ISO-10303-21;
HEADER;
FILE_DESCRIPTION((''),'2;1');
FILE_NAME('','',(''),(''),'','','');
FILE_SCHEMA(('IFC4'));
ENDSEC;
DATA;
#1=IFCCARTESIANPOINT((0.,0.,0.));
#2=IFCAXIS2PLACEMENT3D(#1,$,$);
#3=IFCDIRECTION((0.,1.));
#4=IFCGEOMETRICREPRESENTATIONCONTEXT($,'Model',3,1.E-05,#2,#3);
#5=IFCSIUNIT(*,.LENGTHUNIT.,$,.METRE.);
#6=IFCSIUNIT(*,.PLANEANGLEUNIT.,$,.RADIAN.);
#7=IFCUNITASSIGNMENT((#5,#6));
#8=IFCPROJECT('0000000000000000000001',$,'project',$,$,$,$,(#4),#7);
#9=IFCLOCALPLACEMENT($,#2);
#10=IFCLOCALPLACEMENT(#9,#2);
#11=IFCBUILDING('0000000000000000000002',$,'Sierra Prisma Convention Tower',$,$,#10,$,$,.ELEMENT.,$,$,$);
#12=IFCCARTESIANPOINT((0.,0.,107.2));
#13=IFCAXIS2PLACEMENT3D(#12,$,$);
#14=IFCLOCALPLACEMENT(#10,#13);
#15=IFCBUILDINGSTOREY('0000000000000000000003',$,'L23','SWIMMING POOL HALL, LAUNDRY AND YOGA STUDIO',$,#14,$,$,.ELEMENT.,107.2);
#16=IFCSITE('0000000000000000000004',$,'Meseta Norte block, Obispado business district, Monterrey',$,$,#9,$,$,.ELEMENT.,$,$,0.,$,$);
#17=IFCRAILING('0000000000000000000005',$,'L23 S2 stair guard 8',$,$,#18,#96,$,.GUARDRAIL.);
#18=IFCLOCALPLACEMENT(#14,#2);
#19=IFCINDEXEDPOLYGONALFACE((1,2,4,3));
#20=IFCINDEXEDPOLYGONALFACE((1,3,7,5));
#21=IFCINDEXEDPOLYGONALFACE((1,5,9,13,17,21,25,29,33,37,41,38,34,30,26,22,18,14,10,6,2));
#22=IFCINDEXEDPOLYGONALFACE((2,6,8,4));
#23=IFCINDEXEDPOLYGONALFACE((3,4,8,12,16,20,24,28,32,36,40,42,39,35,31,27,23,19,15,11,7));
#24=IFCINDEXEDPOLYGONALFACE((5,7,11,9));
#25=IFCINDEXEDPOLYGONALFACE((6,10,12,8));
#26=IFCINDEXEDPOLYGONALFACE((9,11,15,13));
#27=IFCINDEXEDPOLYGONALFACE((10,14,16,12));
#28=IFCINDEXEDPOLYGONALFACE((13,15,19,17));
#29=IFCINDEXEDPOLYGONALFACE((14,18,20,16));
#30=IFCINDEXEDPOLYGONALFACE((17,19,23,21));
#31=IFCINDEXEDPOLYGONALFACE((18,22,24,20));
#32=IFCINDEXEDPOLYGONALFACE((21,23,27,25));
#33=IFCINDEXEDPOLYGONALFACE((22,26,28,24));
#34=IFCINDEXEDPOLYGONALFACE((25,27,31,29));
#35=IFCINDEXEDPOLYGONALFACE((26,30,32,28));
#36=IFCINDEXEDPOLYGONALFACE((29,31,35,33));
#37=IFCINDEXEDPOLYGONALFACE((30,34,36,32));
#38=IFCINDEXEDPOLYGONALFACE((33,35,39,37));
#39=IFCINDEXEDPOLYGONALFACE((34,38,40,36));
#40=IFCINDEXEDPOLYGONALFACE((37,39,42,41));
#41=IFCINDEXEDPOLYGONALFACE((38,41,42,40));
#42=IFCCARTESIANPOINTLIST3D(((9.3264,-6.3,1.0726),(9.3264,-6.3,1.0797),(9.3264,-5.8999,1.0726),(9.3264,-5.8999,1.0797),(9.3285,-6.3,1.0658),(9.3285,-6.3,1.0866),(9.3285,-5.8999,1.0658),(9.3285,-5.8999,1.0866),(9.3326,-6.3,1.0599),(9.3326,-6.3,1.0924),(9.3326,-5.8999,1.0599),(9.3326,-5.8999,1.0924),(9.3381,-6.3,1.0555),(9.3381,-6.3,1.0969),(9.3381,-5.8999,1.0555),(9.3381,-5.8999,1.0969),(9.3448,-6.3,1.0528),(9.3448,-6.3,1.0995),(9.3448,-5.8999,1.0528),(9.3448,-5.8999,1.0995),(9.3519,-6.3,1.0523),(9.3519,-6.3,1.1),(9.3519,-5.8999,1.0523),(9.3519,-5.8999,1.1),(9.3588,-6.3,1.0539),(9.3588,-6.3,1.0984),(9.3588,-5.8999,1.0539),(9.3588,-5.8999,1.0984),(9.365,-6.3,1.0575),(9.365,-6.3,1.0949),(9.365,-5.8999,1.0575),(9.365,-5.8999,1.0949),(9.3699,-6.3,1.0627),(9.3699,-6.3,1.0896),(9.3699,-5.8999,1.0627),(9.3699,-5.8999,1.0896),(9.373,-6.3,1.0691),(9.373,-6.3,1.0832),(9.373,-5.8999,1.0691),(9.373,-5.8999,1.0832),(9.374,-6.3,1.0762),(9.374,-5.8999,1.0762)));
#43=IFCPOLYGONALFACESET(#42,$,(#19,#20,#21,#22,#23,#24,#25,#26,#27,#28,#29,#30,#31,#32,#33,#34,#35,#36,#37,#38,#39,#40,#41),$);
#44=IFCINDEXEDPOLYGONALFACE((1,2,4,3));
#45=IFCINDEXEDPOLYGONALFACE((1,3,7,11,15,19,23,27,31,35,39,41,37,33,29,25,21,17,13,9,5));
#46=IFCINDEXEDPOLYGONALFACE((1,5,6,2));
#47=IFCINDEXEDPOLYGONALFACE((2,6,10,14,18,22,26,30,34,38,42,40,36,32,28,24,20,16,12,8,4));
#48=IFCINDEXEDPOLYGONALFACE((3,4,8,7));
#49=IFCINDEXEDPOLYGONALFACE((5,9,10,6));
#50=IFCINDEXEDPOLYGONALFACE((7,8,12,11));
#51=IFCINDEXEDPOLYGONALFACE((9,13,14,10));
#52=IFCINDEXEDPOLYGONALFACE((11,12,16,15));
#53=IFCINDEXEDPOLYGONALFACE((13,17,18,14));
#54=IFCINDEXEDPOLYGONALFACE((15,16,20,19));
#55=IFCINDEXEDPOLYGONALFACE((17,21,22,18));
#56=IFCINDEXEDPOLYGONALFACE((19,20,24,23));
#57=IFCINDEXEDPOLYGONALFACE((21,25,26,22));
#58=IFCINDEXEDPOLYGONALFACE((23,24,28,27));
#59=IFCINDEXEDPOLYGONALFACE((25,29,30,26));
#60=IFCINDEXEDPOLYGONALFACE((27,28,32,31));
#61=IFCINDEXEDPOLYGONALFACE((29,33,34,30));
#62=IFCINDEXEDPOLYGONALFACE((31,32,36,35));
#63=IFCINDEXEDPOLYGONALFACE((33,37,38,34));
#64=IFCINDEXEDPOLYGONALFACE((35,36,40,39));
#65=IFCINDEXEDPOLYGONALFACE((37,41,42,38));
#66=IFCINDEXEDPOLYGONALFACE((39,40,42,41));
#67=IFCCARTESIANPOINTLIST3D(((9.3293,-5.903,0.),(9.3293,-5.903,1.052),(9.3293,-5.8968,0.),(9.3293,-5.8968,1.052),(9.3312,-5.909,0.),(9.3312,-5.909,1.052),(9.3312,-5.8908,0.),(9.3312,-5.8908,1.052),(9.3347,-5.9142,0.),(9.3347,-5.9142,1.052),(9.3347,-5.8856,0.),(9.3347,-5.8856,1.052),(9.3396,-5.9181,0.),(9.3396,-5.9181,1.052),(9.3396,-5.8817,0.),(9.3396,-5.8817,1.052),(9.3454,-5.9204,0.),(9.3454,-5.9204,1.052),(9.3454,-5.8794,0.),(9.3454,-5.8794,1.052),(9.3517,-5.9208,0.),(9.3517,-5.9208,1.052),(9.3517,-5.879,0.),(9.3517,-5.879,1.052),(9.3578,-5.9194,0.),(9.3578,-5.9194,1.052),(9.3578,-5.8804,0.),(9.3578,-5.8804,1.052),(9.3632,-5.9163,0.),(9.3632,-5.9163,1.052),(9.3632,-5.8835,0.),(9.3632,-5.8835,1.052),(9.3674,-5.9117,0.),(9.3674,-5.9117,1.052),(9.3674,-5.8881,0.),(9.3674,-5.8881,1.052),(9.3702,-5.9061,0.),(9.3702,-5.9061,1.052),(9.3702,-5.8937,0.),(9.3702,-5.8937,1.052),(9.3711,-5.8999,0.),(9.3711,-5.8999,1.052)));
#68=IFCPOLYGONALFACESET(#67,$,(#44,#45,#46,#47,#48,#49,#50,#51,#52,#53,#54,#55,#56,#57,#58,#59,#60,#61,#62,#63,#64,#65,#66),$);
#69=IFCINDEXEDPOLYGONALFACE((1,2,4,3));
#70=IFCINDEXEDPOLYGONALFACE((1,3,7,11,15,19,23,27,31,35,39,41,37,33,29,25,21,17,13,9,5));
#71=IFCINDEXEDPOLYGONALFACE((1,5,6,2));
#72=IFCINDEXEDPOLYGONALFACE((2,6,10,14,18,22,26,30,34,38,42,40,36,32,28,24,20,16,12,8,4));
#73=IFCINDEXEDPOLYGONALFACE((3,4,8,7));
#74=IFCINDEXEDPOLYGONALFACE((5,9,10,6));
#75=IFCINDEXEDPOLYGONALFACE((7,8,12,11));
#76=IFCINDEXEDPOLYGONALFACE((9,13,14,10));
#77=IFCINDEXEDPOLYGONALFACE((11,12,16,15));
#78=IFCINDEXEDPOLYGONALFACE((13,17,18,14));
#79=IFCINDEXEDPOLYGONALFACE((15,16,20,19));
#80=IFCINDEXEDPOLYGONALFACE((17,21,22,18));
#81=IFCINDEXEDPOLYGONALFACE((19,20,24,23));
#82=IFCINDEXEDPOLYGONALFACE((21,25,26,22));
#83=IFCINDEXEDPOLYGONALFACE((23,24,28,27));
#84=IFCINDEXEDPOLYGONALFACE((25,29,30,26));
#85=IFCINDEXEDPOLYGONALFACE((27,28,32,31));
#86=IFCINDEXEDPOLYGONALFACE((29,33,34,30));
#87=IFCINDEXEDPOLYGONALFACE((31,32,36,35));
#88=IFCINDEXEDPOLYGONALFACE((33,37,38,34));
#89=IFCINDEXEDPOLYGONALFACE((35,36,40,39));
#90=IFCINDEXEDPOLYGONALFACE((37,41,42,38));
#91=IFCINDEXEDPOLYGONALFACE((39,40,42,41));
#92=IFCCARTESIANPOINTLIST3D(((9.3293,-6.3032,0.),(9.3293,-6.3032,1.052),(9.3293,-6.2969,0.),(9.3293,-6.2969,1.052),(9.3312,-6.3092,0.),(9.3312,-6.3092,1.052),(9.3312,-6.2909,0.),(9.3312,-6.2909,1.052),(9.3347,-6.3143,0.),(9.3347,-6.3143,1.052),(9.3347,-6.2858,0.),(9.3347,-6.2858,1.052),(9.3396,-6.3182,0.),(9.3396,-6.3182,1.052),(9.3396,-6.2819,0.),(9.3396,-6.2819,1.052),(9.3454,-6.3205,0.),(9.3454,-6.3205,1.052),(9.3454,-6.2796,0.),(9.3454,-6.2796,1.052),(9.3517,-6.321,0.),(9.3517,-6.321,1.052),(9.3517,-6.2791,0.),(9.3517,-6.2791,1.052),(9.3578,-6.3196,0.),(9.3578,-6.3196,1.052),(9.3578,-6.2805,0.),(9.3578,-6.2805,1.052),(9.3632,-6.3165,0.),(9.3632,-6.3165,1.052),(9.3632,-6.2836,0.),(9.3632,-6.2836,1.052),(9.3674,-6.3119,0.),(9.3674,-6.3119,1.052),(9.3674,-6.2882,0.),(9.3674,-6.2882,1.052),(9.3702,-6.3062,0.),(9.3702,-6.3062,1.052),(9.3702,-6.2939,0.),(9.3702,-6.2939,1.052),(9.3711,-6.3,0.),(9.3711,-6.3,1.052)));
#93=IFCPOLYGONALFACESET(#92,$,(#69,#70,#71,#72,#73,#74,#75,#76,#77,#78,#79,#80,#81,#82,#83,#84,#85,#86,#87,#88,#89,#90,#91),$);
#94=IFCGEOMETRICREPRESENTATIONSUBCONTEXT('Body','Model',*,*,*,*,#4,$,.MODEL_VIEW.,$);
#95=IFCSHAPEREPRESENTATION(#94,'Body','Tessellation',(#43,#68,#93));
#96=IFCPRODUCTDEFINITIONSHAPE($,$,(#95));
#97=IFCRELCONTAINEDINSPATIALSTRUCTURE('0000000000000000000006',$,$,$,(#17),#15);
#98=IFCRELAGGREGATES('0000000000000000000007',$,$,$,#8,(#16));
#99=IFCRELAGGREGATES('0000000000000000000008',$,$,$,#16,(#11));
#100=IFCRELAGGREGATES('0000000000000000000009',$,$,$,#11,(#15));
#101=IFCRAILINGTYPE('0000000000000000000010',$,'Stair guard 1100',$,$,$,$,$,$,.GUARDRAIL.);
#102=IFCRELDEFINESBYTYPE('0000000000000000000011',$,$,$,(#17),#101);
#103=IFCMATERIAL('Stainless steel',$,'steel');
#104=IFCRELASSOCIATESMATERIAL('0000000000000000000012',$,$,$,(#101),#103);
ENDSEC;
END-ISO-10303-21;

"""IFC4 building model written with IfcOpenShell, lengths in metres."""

from ifc_helpers import new_model, si_unit, direction, frame, origin, origin_2d, place, context, subcontext, project, spatial, circle, extrude, material, type_object, element, save


model = new_model("IFC4")

# Units and contexts
model_context = context("Model", 3, precision=1e-05, world=origin(), true_north=direction((0.0, 1.0)))
body_context = subcontext(model_context, "Body", "Model", "MODEL_VIEW")
ifc_project = project(units=[si_unit("LENGTHUNIT", "METRE"), si_unit("PLANEANGLEUNIT", "RADIAN")], contexts=[model_context])

# Site, building, storey
site_placement = place(None, origin())
site = spatial("IfcSite", under=ifc_project, at=site_placement, Name="Meseta Norte block, Obispado business district, Monterrey", CompositionType="ELEMENT", RefElevation=0.0)
building_placement = place(site_placement, origin())
building = spatial("IfcBuilding", under=site, at=building_placement, Name="Sierra Prisma Convention Tower", CompositionType="ELEMENT")
storey_placement = place(building_placement, frame((0.0, 0.0, 107.2)))
storey = spatial("IfcBuildingStorey", under=building, at=storey_placement, Name="L23", Description="SWIMMING POOL HALL, LAUNDRY AND YOGA STUDIO", CompositionType="ELEMENT", Elevation=107.2)

# Railing
ifc_material_1 = material(Name="Stainless steel", Category="steel")
railing_type_1 = type_object("IfcRailingType", Name="Stair guard 1100", PredefinedType="GUARDRAIL", material=ifc_material_1)
railing_1_placement = place(storey_placement, frame((9.3501, -5.8999, 0.0)))
element("IfcRailing", 1, at=railing_1_placement, inside=storey, type_object=railing_type_1, Name="L23 S2 stair guard 8", PredefinedType="GUARDRAIL", context=body_context, shape_type="SweptSolid", body=[
    extrude(circle(Radius=0.0239, at=origin_2d()), frame((0.0, 0.0, 1.0762), z_axis=(0.0, -1.0, 0.0), x_axis=(1.0, 0.0, 0.0)), (0.0, 0.0, 1.0), 0.4001),
    extrude(circle(Radius=0.021, at=origin_2d()), origin(), (0.0, 0.0, 1.0), 1.052),
    extrude(circle(Radius=0.021, at=origin_2d()), frame((0.0, -0.4001, 0.0)), (0.0, 0.0, 1.0), 1.052),
])

save(model, "model.ifc")
